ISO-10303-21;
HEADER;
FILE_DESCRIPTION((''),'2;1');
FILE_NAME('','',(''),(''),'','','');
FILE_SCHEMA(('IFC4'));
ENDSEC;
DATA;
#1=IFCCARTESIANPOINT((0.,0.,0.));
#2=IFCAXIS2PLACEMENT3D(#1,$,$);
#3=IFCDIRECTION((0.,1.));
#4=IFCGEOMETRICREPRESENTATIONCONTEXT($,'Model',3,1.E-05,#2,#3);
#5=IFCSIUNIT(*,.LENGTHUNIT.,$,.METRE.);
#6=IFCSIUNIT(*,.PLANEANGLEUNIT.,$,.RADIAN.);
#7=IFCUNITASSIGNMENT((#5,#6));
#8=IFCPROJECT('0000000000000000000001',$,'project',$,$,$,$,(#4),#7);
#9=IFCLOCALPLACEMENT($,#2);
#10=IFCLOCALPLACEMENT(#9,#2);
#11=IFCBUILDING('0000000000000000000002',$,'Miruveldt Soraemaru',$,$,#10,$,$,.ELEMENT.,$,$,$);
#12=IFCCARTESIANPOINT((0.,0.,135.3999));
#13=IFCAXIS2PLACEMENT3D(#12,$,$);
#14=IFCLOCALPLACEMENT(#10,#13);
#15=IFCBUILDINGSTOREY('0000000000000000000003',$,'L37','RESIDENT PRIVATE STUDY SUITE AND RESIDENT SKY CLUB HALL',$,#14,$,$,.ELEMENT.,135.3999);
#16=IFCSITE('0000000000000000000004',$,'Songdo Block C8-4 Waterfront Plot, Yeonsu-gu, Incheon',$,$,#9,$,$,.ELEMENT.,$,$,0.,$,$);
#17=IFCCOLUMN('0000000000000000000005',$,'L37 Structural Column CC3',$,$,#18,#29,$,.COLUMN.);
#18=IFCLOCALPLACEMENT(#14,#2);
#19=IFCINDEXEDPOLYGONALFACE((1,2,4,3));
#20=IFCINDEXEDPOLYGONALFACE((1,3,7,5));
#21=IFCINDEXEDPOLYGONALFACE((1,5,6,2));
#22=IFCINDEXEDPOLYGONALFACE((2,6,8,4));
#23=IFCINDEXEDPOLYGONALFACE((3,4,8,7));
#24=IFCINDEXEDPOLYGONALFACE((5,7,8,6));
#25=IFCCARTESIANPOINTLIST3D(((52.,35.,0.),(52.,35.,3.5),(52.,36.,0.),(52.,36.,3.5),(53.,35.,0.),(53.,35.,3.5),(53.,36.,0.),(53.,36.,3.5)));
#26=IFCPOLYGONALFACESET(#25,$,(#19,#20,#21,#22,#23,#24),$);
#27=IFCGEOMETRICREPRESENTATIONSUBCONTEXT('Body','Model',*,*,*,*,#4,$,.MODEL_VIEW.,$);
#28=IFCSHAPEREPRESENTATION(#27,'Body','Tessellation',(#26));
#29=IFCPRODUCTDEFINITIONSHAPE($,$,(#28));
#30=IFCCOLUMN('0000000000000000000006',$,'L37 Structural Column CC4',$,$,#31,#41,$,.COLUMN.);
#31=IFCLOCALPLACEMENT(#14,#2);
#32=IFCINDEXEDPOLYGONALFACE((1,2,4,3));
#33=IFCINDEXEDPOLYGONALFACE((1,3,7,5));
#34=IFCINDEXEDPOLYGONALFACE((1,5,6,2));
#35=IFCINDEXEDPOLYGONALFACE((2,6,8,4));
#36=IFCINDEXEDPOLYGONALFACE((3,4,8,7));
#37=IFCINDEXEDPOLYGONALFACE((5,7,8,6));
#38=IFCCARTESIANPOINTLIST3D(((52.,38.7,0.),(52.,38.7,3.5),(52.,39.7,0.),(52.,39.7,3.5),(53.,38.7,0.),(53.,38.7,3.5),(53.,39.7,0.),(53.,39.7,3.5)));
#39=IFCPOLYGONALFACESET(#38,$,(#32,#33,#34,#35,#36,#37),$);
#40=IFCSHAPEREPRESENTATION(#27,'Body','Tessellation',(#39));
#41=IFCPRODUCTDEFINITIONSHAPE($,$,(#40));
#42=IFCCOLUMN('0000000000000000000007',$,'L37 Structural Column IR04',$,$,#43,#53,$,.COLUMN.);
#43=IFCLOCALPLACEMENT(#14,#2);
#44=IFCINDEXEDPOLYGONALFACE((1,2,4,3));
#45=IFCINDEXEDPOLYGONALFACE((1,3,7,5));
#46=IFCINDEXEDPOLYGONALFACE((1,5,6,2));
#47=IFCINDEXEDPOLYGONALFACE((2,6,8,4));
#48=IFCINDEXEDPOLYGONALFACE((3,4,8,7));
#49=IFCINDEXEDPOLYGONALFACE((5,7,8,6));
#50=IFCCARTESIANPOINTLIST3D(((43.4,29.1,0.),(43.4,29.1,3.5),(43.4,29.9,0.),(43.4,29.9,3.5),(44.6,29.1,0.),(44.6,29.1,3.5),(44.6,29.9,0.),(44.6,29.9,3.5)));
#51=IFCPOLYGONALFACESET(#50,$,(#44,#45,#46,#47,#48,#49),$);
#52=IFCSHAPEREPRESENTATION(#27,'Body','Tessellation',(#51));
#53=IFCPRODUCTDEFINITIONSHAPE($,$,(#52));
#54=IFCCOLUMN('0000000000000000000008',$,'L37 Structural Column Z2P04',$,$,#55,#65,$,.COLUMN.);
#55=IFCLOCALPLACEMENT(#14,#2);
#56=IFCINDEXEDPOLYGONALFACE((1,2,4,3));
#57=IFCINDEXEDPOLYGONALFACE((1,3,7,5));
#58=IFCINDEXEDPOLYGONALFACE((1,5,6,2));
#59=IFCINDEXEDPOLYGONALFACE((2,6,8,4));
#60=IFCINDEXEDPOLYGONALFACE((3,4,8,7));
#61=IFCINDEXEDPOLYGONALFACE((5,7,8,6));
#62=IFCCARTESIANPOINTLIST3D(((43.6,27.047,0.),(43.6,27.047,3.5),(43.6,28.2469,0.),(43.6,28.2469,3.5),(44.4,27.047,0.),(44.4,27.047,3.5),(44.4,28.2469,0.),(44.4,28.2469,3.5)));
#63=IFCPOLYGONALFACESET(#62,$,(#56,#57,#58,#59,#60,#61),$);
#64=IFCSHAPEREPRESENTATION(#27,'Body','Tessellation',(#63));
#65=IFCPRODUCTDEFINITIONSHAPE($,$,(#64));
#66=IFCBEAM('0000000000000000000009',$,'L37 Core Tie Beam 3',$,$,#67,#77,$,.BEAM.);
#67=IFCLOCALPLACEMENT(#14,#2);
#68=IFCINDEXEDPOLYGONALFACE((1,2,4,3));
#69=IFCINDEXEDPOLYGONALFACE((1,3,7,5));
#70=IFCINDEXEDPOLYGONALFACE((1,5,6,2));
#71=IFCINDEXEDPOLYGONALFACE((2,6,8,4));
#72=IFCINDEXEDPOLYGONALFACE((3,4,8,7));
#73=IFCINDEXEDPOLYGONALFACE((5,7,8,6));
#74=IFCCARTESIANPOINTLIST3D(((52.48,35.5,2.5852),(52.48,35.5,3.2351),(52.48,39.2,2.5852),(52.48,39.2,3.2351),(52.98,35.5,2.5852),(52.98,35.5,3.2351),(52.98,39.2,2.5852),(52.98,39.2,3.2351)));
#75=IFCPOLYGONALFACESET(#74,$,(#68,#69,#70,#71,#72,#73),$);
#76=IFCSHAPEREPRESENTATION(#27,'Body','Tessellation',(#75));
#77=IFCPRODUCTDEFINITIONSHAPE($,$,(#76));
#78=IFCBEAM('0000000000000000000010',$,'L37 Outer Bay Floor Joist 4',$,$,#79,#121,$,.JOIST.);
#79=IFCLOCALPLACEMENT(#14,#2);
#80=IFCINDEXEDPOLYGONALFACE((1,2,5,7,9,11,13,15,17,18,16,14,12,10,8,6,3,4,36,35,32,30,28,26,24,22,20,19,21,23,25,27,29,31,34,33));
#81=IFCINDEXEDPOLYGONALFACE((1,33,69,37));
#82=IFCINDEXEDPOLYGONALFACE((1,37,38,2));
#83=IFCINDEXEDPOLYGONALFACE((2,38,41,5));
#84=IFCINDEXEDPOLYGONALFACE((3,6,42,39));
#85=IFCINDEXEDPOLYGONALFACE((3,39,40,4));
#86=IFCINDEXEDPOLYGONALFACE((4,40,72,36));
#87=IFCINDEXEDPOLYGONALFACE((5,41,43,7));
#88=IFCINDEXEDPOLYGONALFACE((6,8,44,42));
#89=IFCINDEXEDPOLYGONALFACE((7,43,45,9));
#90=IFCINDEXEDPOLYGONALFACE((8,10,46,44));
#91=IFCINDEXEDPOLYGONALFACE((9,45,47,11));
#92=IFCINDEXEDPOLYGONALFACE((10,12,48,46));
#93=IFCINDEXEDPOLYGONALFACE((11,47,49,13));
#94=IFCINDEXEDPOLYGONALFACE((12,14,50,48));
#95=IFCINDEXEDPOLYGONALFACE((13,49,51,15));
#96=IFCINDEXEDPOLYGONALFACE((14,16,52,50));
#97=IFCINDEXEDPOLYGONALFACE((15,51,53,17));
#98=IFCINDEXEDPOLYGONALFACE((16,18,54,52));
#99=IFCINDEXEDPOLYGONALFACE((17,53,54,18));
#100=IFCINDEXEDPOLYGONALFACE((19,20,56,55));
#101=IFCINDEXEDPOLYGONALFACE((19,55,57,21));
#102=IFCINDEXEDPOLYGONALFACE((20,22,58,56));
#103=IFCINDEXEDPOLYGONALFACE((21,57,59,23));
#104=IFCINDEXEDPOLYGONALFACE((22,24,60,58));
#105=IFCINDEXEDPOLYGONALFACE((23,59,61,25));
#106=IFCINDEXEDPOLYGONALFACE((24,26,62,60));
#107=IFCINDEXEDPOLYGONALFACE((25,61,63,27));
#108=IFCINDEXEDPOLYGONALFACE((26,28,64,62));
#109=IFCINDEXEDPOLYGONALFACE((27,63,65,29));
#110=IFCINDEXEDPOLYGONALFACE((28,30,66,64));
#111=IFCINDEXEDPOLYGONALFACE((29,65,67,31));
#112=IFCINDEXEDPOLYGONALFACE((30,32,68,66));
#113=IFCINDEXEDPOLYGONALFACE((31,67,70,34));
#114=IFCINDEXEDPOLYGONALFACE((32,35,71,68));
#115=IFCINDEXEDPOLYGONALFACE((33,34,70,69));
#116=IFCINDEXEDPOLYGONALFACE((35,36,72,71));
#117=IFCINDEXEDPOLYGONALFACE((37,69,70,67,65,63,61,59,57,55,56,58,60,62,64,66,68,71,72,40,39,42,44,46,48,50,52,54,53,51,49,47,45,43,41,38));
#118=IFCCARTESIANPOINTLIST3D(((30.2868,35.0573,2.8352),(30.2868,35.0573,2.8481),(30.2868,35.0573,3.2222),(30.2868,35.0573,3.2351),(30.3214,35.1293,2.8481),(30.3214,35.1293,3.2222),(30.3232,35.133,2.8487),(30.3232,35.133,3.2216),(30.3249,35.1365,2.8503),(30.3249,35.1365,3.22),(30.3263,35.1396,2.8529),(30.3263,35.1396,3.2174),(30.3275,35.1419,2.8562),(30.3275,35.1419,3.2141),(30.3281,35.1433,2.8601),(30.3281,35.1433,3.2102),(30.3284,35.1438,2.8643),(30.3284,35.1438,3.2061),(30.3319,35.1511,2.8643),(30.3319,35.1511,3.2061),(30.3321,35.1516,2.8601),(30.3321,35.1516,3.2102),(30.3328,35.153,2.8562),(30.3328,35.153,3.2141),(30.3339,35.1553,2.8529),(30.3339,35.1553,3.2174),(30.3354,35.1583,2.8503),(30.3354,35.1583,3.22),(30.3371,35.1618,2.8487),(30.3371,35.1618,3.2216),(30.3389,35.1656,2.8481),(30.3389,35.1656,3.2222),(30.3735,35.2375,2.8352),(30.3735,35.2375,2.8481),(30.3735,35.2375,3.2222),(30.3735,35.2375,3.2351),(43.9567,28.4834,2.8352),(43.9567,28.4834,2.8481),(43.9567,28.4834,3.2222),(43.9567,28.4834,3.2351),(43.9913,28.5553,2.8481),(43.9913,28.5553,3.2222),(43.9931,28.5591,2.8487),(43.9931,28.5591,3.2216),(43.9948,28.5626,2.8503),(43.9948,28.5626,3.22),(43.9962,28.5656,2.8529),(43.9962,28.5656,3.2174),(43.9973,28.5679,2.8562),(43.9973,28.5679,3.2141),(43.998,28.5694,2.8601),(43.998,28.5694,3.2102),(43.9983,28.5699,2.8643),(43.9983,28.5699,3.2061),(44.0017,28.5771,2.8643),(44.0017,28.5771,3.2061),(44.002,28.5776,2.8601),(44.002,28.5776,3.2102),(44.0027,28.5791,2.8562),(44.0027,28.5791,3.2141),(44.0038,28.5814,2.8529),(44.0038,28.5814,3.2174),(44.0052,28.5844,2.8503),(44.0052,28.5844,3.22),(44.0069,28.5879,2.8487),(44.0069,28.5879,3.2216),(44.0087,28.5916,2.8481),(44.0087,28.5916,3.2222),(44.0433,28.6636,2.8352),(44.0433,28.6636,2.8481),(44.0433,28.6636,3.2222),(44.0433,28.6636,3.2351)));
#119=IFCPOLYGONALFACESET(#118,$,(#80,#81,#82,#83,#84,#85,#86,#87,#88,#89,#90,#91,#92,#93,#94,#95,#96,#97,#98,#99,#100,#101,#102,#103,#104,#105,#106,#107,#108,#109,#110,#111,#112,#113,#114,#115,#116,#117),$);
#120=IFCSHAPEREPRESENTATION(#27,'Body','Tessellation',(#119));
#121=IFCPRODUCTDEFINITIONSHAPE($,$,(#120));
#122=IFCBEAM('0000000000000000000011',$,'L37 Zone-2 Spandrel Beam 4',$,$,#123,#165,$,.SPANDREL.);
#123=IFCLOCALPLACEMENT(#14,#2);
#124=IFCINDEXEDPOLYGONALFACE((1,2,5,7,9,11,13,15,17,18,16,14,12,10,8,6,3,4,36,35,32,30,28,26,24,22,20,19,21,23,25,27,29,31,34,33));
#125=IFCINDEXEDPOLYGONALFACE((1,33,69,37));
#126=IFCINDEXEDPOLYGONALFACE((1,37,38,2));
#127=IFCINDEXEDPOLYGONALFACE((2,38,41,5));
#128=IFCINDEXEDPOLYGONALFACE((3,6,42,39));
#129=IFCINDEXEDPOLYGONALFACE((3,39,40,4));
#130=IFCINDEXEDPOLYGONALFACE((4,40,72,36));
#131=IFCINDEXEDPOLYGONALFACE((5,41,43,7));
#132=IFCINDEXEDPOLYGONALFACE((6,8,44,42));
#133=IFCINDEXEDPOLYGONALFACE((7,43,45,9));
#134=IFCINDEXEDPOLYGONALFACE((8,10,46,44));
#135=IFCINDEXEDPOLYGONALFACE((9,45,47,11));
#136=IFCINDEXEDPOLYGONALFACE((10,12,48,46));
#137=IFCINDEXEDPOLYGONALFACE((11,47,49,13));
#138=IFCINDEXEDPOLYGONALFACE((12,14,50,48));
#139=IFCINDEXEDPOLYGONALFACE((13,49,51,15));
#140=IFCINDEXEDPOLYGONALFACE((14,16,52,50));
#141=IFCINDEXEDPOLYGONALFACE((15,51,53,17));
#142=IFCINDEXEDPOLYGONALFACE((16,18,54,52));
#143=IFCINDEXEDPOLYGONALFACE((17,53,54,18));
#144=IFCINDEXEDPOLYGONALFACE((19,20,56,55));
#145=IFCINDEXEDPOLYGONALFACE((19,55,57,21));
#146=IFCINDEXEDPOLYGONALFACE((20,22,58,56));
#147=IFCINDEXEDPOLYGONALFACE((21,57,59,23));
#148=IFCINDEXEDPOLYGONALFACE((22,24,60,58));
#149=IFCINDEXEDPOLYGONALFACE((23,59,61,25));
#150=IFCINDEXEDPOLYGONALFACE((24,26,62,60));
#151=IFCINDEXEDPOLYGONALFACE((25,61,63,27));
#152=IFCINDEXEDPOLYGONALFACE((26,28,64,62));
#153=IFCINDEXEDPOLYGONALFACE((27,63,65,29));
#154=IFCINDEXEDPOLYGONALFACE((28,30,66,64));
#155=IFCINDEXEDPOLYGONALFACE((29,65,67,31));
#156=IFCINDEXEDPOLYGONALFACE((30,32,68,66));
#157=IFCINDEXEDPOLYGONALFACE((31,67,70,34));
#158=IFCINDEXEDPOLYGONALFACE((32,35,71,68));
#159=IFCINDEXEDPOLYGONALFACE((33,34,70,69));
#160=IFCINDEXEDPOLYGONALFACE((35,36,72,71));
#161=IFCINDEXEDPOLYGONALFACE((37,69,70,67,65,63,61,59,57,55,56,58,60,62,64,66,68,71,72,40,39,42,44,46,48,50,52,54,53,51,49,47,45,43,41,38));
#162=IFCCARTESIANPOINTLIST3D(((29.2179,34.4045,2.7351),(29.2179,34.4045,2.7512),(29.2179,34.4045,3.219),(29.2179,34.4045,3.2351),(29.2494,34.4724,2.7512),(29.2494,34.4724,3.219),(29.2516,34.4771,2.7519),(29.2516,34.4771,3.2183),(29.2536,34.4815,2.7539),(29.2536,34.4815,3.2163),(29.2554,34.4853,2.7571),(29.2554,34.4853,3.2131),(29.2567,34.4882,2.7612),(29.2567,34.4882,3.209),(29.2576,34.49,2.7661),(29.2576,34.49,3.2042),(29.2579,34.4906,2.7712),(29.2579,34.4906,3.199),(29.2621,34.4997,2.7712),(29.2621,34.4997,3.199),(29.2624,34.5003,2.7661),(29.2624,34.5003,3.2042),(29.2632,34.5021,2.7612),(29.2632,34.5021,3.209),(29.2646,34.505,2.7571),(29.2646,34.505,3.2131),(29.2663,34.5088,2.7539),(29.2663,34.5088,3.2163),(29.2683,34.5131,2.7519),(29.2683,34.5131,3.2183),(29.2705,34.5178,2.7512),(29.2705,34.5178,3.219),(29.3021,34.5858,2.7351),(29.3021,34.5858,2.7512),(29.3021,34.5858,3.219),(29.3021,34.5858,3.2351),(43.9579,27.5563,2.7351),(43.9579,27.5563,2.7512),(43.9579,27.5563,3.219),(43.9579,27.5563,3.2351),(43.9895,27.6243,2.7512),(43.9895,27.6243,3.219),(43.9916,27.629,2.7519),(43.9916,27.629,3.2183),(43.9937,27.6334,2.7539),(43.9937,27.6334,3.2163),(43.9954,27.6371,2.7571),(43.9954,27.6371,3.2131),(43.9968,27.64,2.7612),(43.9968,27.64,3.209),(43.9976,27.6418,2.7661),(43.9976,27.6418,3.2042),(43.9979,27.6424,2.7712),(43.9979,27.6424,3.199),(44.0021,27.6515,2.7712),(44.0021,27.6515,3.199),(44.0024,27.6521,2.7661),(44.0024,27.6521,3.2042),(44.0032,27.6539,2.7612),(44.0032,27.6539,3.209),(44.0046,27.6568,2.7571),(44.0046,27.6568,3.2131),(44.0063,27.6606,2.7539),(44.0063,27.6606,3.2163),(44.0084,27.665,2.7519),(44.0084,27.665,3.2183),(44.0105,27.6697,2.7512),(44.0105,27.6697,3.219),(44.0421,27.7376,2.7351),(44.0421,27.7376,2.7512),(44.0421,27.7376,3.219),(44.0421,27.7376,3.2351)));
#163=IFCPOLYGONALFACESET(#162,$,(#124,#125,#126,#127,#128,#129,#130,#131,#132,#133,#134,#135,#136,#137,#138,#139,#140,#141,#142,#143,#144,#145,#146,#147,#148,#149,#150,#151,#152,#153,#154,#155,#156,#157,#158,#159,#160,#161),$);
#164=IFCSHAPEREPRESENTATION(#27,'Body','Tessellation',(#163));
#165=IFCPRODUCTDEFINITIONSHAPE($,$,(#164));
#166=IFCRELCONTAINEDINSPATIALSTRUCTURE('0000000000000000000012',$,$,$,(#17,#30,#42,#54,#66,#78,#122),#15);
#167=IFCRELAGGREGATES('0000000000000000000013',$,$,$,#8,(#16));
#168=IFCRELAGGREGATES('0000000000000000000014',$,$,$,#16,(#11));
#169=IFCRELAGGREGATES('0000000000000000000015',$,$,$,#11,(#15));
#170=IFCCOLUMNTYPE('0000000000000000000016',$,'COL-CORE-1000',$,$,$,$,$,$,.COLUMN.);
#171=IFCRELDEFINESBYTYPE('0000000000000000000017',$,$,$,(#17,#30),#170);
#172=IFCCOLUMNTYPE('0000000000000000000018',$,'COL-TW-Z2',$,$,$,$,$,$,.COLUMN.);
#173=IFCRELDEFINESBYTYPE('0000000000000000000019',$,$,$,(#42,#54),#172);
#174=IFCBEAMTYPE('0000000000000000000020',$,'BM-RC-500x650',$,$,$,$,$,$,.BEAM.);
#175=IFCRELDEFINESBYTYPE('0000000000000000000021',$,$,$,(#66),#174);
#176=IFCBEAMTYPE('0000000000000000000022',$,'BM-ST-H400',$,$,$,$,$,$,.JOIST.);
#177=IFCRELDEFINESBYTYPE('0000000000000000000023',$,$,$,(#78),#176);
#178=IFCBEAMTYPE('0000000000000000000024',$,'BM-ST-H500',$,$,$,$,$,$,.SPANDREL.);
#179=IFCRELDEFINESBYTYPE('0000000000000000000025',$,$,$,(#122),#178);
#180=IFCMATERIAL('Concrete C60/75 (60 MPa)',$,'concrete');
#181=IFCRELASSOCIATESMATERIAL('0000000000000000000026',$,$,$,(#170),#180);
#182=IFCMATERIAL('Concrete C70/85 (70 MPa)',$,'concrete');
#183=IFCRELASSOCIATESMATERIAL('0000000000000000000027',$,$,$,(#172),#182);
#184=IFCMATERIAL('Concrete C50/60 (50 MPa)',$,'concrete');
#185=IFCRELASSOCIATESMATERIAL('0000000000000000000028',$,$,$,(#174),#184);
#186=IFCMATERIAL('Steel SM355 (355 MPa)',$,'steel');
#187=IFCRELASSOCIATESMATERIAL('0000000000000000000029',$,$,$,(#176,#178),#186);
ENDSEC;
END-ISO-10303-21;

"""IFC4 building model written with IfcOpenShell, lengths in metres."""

from ifc_helpers import new_model, si_unit, direction, frame, origin, origin_2d, place, context, subcontext, project, spatial, rectangle, i_section, extrude, material, material_profile, profile_set, type_object, element, save


model = new_model("IFC4")

# Units and contexts
model_context = context("Model", 3, precision=1e-05, world=origin(), true_north=direction((0.0, 1.0)))
body_context = subcontext(model_context, "Body", "Model", "MODEL_VIEW")
ifc_project = project(units=[si_unit("LENGTHUNIT", "METRE"), si_unit("PLANEANGLEUNIT", "RADIAN")], contexts=[model_context])

# Site, building, storey
site_placement = place(None, origin())
site = spatial("IfcSite", under=ifc_project, at=site_placement, Name="Songdo Block C8-4 Waterfront Plot, Yeonsu-gu, Incheon", CompositionType="ELEMENT", RefElevation=0.0)
building_placement = place(site_placement, origin())
building = spatial("IfcBuilding", under=site, at=building_placement, Name="Miruveldt Soraemaru", CompositionType="ELEMENT")
storey_placement = place(building_placement, frame((0.0, 0.0, 135.3999)))
storey = spatial("IfcBuildingStorey", under=building, at=storey_placement, Name="L37", Description="RESIDENT PRIVATE STUDY SUITE AND RESIDENT SKY CLUB HALL", CompositionType="ELEMENT", Elevation=135.3999)

# Columns
ifc_material_1 = material(Name="Concrete C60/75 (60 MPa)", Category="concrete")
ifc_material_profile_1 = material_profile(ifc_material_1, rectangle(XDim=1.0, YDim=1.0, at=origin_2d()), Name="Concrete C60/75 (60 MPa)", Category="concrete")
ifc_profile_set_1 = profile_set([ifc_material_profile_1], Name="Concrete C60/75 (60 MPa)")
column_type_1 = type_object("IfcColumnType", Name="COL-CORE-1000", PredefinedType="COLUMN", material=ifc_profile_set_1)
for number, where, z_axis, x_axis, name in (
    (1, (52.5, 35.5, 0.0), (0.0, 0.0, 1.0), (1.0, 0.0, 0.0), "L37 Structural Column CC3"),
    (2, (52.5, 39.2, 0.0), (0.0, 0.0, 1.0), (1.0, 0.0, 0.0), "L37 Structural Column CC4"),
):
    element("IfcColumn", number, at=place(storey_placement, frame(where, z_axis=z_axis, x_axis=x_axis)), inside=storey, type_object=column_type_1, Name=name, PredefinedType="COLUMN", context=body_context, shape_type="SweptSolid", body=[
        extrude(rectangle(XDim=1.0, YDim=1.0, at=origin_2d()), origin(), (0.0, 0.0, 1.0), 3.5),
    ])
ifc_material_2 = material(Name="Concrete C70/85 (70 MPa)", Category="concrete")
ifc_material_profile_2 = material_profile(ifc_material_2, rectangle(XDim=1.2, YDim=0.8, at=origin_2d()), Name="Concrete C70/85 (70 MPa)", Category="concrete")
ifc_profile_set_2 = profile_set([ifc_material_profile_2], Name="Concrete C70/85 (70 MPa)")
column_type_2 = type_object("IfcColumnType", Name="COL-TW-Z2", PredefinedType="COLUMN", material=ifc_profile_set_2)
for number, where, z_axis, x_axis, name in (
    (3, (44.0, 29.5, 0.0), (0.0, 0.0, 1.0), (1.0, 0.0, 0.0), "L37 Structural Column IR04"),
    (4, (44.0, 27.647, 0.0), (0.0, 0.0, 1.0), (0.0, 1.0, 0.0), "L37 Structural Column Z2P04"),
):
    element("IfcColumn", number, at=place(storey_placement, frame(where, z_axis=z_axis, x_axis=x_axis)), inside=storey, type_object=column_type_2, Name=name, PredefinedType="COLUMN", context=body_context, shape_type="SweptSolid", body=[
        extrude(rectangle(XDim=1.2, YDim=0.8, at=origin_2d()), origin(), (0.0, 0.0, 1.0), 3.5),
    ])

# Beams
ifc_material_3 = material(Name="Concrete C50/60 (50 MPa)", Category="concrete")
ifc_material_profile_3 = material_profile(ifc_material_3, rectangle(XDim=0.5, YDim=0.6499, at=origin_2d()), Name="Concrete C50/60 (50 MPa)", Category="concrete")
ifc_profile_set_3 = profile_set([ifc_material_profile_3], Name="Concrete C50/60 (50 MPa)")
beam_type_1 = type_object("IfcBeamType", Name="BM-RC-500x650", PredefinedType="BEAM", material=ifc_profile_set_3)
beam_1_placement = place(storey_placement, frame((52.73, 35.5, 2.9102), z_axis=(0.0, 1.0, 0.0), x_axis=(-1.0, 0.0, 0.0)))
element("IfcBeam", 5, at=beam_1_placement, inside=storey, type_object=beam_type_1, Name="L37 Core Tie Beam 3", PredefinedType="BEAM", context=body_context, shape_type="SweptSolid", body=[
    extrude(rectangle(XDim=0.5, YDim=0.6499, at=origin_2d()), origin(), (0.0, 0.0, 1.0), 3.7),
])
ifc_material_4 = material(Name="Steel SM355 (355 MPa)", Category="steel")
ifc_material_profile_4 = material_profile(ifc_material_4, i_section(OverallWidth=0.2, OverallDepth=0.3999, WebThickness=0.0081, FlangeThickness=0.0129, FilletRadius=0.0161, at=origin_2d()), Name="Steel SM355 (355 MPa)", Category="steel")
ifc_profile_set_4 = profile_set([ifc_material_profile_4], Name="Steel SM355 (355 MPa)")
beam_type_2 = type_object("IfcBeamType", Name="BM-ST-H400", PredefinedType="JOIST", material=ifc_profile_set_4)
beam_2_placement = place(storey_placement, frame((44.0, 28.5735, 3.0352), z_axis=(-0.901204, 0.433396, 0.0), x_axis=(-0.433396, -0.901204, 0.0)))
element("IfcBeam", 6, at=beam_2_placement, inside=storey, type_object=beam_type_2, Name="L37 Outer Bay Floor Joist 4", PredefinedType="JOIST", context=body_context, shape_type="SweptSolid", body=[
    extrude(i_section(OverallWidth=0.2, OverallDepth=0.3999, WebThickness=0.0081, FlangeThickness=0.0129, FilletRadius=0.0161, at=origin_2d()), origin(), (0.0, 0.0, 1.0), 15.1685),
])
ifc_material_profile_5 = material_profile(ifc_material_4, i_section(OverallWidth=0.2, OverallDepth=0.5, WebThickness=0.01, FlangeThickness=0.0161, FilletRadius=0.02, at=origin_2d()), Name="Steel SM355 (355 MPa)", Category="steel")
ifc_profile_set_5 = profile_set([ifc_material_profile_5], Name="Steel SM355 (355 MPa)")
beam_type_3 = type_object("IfcBeamType", Name="BM-ST-H500", PredefinedType="SPANDREL", material=ifc_profile_set_5)
beam_3_placement = place(storey_placement, frame((44.0, 27.647, 2.9851), z_axis=(-0.906901, 0.421343, 0.0), x_axis=(-0.421343, -0.906901, 0.0)))
element("IfcBeam", 7, at=beam_3_placement, inside=storey, type_object=beam_type_3, Name="L37 Zone-2 Spandrel Beam 4", PredefinedType="SPANDREL", context=body_context, shape_type="SweptSolid", body=[
    extrude(i_section(OverallWidth=0.2, OverallDepth=0.5, WebThickness=0.01, FlangeThickness=0.0161, FilletRadius=0.02, at=origin_2d()), origin(), (0.0, 0.0, 1.0), 16.2532),
])

save(model, "model.ifc")
